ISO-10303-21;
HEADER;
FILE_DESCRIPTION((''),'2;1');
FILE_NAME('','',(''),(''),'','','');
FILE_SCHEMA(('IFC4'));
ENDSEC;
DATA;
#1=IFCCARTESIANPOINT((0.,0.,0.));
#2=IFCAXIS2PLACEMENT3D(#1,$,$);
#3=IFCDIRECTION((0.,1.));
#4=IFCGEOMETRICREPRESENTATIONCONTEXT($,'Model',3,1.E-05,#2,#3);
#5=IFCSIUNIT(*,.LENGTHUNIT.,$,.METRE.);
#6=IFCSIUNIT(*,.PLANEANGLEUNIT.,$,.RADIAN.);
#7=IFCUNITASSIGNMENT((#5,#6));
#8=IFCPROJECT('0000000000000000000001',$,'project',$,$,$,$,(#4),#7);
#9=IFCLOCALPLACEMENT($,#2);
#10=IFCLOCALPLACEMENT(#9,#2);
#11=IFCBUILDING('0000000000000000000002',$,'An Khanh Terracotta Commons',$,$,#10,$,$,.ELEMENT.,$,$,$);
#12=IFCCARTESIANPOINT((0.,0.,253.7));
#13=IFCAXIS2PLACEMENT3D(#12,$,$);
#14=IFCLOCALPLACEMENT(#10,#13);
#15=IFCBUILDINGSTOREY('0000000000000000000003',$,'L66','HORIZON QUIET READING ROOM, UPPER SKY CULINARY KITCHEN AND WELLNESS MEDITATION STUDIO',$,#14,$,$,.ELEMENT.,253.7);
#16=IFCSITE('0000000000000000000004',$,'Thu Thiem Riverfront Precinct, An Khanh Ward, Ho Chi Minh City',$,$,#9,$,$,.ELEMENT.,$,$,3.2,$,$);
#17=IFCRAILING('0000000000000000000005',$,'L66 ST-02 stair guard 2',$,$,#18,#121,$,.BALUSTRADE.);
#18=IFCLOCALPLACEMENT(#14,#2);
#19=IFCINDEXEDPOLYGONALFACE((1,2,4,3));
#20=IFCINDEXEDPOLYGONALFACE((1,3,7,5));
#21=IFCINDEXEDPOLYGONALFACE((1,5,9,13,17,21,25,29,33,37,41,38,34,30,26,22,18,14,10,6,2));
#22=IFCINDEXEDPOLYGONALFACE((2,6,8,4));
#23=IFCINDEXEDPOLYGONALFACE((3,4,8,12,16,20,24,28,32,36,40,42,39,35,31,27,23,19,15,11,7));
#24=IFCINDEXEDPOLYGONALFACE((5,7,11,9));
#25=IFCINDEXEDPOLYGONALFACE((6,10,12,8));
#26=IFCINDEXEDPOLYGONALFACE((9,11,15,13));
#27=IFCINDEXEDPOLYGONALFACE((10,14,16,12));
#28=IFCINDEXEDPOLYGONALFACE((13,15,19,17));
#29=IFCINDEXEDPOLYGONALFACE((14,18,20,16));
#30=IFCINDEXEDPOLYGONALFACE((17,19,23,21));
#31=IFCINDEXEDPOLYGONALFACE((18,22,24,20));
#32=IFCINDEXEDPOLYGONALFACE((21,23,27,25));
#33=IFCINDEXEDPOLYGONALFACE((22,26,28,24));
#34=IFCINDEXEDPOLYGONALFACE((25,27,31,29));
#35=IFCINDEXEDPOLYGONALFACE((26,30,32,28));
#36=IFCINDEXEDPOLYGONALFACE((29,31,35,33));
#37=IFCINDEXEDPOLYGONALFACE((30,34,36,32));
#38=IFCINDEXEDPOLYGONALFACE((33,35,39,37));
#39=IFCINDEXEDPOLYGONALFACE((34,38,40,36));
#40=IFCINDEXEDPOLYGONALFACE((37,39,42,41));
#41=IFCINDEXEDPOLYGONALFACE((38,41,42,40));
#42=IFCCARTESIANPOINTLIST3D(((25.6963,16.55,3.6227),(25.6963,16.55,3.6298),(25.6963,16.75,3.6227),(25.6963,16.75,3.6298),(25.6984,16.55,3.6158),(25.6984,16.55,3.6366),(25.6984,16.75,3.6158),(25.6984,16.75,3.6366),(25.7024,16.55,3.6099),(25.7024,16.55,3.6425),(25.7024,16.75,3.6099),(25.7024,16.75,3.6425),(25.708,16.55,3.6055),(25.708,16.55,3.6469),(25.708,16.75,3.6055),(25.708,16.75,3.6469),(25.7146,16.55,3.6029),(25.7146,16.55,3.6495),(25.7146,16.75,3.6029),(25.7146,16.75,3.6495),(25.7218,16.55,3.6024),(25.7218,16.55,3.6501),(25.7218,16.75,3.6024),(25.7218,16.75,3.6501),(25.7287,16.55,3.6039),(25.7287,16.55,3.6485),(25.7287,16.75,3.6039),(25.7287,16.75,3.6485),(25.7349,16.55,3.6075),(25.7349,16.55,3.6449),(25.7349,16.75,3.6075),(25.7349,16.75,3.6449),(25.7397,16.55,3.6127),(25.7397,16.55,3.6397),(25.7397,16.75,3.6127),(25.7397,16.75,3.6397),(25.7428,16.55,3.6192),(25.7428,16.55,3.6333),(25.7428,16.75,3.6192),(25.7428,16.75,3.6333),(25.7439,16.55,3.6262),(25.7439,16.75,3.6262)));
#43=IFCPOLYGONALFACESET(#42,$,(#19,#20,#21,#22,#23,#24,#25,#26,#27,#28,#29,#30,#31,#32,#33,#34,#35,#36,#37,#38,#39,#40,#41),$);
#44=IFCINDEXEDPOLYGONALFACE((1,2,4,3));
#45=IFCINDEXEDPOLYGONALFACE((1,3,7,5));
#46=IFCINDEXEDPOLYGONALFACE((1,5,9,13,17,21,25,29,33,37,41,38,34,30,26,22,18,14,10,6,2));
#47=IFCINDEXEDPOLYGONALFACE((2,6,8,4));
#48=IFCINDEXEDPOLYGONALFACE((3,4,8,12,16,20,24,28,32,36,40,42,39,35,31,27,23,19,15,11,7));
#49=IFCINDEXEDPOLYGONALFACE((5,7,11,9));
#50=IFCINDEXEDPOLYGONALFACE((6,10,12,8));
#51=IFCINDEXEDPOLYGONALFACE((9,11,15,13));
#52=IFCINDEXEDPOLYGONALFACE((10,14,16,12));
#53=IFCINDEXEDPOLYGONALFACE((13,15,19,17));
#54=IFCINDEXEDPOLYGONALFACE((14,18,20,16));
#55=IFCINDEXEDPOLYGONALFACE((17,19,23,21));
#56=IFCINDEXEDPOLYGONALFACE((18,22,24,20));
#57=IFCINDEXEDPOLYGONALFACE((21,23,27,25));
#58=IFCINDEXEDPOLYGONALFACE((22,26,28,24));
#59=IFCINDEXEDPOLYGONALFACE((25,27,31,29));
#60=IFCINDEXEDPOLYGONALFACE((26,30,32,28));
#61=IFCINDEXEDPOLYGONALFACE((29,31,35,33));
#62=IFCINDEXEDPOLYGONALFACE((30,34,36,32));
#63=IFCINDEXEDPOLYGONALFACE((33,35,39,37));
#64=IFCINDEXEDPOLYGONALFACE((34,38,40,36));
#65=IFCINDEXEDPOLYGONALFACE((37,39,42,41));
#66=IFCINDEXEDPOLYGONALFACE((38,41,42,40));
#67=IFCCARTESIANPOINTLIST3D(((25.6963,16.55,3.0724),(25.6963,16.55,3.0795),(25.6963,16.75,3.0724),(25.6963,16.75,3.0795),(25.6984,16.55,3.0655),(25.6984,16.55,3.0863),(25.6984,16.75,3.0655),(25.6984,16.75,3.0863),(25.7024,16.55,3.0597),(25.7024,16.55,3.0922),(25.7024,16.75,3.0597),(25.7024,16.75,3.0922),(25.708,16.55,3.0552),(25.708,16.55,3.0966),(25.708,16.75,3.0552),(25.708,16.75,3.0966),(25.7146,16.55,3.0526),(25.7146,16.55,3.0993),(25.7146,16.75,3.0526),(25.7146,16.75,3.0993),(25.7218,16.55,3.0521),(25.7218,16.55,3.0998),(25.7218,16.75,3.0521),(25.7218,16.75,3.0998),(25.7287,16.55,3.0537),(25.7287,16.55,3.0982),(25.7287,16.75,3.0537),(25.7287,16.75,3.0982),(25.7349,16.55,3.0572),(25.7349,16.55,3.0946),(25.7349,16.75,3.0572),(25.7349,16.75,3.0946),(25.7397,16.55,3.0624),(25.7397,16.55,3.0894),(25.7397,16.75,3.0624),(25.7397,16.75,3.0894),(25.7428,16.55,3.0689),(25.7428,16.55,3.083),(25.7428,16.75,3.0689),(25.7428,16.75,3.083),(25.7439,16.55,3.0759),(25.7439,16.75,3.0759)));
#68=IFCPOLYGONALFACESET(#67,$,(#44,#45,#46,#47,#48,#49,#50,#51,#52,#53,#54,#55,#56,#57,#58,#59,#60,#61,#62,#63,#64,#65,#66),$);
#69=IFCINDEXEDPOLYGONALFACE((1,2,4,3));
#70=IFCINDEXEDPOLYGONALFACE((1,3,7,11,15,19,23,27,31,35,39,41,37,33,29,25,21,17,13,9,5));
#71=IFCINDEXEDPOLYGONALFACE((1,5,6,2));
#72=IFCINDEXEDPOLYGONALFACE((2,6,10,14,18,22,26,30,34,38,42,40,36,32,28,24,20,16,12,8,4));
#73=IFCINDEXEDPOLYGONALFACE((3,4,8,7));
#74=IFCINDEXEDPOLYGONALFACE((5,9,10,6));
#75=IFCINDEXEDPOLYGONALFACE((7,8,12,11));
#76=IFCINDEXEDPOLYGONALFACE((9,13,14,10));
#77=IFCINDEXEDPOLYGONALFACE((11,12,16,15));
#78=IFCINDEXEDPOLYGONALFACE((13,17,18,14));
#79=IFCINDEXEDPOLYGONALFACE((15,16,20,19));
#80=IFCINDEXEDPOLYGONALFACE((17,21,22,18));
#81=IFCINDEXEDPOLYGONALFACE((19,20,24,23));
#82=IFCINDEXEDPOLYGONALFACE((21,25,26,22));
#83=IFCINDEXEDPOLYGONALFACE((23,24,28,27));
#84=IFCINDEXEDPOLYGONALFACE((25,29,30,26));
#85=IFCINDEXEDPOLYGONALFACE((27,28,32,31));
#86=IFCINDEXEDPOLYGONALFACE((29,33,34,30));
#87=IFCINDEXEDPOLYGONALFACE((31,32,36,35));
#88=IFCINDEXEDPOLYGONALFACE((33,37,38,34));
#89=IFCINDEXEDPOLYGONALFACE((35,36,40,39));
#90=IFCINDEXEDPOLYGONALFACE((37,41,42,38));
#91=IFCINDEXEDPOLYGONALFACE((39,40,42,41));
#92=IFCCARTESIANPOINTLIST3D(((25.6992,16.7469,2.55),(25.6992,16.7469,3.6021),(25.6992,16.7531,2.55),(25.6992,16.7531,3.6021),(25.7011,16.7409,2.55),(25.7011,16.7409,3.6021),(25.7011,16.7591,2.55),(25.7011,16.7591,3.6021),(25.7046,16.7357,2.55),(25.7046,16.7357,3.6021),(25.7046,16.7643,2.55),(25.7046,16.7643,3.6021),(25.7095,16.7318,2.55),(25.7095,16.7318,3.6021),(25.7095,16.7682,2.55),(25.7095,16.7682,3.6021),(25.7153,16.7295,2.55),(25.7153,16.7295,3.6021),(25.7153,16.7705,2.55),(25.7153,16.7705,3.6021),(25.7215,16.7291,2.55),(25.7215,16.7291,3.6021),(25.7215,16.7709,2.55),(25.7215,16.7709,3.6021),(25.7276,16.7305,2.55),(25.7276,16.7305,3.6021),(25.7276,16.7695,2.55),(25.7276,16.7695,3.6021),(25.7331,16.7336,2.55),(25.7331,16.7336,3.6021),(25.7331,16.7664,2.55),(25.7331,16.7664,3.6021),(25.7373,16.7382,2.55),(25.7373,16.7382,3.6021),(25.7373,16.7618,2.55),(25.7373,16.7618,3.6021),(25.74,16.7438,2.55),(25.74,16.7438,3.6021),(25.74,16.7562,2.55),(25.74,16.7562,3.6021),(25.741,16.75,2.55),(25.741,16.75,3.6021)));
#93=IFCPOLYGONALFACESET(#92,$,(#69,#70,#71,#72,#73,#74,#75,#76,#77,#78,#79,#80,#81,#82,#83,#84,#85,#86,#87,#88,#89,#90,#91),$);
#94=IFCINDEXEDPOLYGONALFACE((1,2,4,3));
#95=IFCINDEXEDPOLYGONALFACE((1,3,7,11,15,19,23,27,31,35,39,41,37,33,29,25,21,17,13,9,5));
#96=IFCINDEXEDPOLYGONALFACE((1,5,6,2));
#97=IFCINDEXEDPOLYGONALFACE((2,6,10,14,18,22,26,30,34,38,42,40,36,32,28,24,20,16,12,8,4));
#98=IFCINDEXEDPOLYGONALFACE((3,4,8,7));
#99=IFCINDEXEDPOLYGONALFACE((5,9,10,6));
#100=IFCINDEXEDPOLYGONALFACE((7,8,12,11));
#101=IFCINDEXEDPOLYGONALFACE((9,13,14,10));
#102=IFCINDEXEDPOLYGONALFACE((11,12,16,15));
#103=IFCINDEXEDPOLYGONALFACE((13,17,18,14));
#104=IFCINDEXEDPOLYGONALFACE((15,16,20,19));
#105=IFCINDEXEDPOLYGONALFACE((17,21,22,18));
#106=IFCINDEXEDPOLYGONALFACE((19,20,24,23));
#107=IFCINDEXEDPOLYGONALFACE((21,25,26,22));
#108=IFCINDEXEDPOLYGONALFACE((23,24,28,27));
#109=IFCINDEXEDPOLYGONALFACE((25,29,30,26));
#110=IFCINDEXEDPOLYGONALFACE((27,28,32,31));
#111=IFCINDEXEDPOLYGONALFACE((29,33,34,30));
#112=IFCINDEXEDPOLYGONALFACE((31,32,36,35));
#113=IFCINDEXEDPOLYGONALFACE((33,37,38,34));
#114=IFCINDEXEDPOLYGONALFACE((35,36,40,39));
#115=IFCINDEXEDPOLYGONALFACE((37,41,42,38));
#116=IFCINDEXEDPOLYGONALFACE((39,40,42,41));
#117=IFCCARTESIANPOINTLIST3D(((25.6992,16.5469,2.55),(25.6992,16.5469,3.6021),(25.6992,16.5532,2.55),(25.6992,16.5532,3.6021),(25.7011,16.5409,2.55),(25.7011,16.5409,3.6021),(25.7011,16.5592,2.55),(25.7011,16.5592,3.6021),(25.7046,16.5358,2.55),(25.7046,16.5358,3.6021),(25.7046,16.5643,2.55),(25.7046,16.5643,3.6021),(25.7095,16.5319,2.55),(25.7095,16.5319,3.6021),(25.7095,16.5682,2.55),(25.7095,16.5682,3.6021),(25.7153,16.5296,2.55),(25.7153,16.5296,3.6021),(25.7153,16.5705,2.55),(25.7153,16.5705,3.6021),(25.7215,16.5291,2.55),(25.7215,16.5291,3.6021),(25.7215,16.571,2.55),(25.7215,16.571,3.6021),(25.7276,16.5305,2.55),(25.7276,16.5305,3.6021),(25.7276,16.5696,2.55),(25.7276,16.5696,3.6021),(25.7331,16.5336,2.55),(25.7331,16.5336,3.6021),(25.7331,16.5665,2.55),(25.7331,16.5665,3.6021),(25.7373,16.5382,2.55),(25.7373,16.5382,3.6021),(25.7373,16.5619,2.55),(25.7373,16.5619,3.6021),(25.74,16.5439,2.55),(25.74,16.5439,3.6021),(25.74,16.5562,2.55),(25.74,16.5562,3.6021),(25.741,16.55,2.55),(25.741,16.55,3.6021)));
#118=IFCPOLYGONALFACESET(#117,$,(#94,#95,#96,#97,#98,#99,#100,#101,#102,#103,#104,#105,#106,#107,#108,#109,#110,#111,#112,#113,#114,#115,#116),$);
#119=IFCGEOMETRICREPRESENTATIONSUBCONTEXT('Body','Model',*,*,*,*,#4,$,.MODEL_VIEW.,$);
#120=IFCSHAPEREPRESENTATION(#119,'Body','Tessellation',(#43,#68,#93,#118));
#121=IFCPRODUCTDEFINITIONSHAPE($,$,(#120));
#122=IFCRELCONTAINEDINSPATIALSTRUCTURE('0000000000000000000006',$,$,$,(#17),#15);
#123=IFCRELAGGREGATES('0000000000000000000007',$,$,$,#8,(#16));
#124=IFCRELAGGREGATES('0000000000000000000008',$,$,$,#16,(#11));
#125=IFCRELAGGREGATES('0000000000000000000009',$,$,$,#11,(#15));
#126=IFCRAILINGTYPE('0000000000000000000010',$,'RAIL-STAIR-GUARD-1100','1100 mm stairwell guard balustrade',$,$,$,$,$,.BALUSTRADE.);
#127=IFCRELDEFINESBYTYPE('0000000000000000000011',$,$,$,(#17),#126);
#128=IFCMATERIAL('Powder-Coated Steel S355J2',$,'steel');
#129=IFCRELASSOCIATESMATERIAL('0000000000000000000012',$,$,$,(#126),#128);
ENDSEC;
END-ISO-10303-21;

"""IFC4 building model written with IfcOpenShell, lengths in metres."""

from ifc_helpers import new_model, si_unit, direction, frame, origin, origin_2d, place, context, subcontext, project, spatial, circle, extrude, material, type_object, element, save


model = new_model("IFC4")

# Units and contexts
model_context = context("Model", 3, precision=1e-05, world=origin(), true_north=direction((0.0, 1.0)))
body_context = subcontext(model_context, "Body", "Model", "MODEL_VIEW")
ifc_project = project(units=[si_unit("LENGTHUNIT", "METRE"), si_unit("PLANEANGLEUNIT", "RADIAN")], contexts=[model_context])

# Site, building, storey
site_placement = place(None, origin())
site = spatial("IfcSite", under=ifc_project, at=site_placement, Name="Thu Thiem Riverfront Precinct, An Khanh Ward, Ho Chi Minh City", CompositionType="ELEMENT", RefElevation=3.2)
building_placement = place(site_placement, origin())
building = spatial("IfcBuilding", under=site, at=building_placement, Name="An Khanh Terracotta Commons", CompositionType="ELEMENT")
storey_placement = place(building_placement, frame((0.0, 0.0, 253.7)))
storey = spatial("IfcBuildingStorey", under=building, at=storey_placement, Name="L66", Description="HORIZON QUIET READING ROOM, UPPER SKY CULINARY KITCHEN AND WELLNESS MEDITATION STUDIO", CompositionType="ELEMENT", Elevation=253.7)

# Railing
ifc_material_1 = material(Name="Powder-Coated Steel S355J2", Category="steel")
railing_type_1 = type_object("IfcRailingType", Name="RAIL-STAIR-GUARD-1100", Description="1100 mm stairwell guard balustrade", PredefinedType="BALUSTRADE", material=ifc_material_1)
railing_1_placement = place(storey_placement, frame((25.72, 16.75, 2.55)))
element("IfcRailing", 1, at=railing_1_placement, inside=storey, type_object=railing_type_1, Name="L66 ST-02 stair guard 2", PredefinedType="BALUSTRADE", context=body_context, shape_type="SweptSolid", body=[
    extrude(circle(Radius=0.0239, at=origin_2d()), frame((0.0, 0.0, 1.0762), z_axis=(0.0, -1.0, 0.0), x_axis=(1.0, 0.0, 0.0)), (0.0, 0.0, 1.0), 0.2),
    extrude(circle(Radius=0.0239, at=origin_2d()), frame((0.0, 0.0, 0.5259), z_axis=(0.0, -1.0, 0.0), x_axis=(1.0, 0.0, 0.0)), (0.0, 0.0, 1.0), 0.2),
    extrude(circle(Radius=0.021, at=origin_2d()), origin(), (0.0, 0.0, 1.0), 1.052),
    extrude(circle(Radius=0.021, at=origin_2d()), frame((0.0, -0.2, 0.0)), (0.0, 0.0, 1.0), 1.052),
])

save(model, "model.ifc")
